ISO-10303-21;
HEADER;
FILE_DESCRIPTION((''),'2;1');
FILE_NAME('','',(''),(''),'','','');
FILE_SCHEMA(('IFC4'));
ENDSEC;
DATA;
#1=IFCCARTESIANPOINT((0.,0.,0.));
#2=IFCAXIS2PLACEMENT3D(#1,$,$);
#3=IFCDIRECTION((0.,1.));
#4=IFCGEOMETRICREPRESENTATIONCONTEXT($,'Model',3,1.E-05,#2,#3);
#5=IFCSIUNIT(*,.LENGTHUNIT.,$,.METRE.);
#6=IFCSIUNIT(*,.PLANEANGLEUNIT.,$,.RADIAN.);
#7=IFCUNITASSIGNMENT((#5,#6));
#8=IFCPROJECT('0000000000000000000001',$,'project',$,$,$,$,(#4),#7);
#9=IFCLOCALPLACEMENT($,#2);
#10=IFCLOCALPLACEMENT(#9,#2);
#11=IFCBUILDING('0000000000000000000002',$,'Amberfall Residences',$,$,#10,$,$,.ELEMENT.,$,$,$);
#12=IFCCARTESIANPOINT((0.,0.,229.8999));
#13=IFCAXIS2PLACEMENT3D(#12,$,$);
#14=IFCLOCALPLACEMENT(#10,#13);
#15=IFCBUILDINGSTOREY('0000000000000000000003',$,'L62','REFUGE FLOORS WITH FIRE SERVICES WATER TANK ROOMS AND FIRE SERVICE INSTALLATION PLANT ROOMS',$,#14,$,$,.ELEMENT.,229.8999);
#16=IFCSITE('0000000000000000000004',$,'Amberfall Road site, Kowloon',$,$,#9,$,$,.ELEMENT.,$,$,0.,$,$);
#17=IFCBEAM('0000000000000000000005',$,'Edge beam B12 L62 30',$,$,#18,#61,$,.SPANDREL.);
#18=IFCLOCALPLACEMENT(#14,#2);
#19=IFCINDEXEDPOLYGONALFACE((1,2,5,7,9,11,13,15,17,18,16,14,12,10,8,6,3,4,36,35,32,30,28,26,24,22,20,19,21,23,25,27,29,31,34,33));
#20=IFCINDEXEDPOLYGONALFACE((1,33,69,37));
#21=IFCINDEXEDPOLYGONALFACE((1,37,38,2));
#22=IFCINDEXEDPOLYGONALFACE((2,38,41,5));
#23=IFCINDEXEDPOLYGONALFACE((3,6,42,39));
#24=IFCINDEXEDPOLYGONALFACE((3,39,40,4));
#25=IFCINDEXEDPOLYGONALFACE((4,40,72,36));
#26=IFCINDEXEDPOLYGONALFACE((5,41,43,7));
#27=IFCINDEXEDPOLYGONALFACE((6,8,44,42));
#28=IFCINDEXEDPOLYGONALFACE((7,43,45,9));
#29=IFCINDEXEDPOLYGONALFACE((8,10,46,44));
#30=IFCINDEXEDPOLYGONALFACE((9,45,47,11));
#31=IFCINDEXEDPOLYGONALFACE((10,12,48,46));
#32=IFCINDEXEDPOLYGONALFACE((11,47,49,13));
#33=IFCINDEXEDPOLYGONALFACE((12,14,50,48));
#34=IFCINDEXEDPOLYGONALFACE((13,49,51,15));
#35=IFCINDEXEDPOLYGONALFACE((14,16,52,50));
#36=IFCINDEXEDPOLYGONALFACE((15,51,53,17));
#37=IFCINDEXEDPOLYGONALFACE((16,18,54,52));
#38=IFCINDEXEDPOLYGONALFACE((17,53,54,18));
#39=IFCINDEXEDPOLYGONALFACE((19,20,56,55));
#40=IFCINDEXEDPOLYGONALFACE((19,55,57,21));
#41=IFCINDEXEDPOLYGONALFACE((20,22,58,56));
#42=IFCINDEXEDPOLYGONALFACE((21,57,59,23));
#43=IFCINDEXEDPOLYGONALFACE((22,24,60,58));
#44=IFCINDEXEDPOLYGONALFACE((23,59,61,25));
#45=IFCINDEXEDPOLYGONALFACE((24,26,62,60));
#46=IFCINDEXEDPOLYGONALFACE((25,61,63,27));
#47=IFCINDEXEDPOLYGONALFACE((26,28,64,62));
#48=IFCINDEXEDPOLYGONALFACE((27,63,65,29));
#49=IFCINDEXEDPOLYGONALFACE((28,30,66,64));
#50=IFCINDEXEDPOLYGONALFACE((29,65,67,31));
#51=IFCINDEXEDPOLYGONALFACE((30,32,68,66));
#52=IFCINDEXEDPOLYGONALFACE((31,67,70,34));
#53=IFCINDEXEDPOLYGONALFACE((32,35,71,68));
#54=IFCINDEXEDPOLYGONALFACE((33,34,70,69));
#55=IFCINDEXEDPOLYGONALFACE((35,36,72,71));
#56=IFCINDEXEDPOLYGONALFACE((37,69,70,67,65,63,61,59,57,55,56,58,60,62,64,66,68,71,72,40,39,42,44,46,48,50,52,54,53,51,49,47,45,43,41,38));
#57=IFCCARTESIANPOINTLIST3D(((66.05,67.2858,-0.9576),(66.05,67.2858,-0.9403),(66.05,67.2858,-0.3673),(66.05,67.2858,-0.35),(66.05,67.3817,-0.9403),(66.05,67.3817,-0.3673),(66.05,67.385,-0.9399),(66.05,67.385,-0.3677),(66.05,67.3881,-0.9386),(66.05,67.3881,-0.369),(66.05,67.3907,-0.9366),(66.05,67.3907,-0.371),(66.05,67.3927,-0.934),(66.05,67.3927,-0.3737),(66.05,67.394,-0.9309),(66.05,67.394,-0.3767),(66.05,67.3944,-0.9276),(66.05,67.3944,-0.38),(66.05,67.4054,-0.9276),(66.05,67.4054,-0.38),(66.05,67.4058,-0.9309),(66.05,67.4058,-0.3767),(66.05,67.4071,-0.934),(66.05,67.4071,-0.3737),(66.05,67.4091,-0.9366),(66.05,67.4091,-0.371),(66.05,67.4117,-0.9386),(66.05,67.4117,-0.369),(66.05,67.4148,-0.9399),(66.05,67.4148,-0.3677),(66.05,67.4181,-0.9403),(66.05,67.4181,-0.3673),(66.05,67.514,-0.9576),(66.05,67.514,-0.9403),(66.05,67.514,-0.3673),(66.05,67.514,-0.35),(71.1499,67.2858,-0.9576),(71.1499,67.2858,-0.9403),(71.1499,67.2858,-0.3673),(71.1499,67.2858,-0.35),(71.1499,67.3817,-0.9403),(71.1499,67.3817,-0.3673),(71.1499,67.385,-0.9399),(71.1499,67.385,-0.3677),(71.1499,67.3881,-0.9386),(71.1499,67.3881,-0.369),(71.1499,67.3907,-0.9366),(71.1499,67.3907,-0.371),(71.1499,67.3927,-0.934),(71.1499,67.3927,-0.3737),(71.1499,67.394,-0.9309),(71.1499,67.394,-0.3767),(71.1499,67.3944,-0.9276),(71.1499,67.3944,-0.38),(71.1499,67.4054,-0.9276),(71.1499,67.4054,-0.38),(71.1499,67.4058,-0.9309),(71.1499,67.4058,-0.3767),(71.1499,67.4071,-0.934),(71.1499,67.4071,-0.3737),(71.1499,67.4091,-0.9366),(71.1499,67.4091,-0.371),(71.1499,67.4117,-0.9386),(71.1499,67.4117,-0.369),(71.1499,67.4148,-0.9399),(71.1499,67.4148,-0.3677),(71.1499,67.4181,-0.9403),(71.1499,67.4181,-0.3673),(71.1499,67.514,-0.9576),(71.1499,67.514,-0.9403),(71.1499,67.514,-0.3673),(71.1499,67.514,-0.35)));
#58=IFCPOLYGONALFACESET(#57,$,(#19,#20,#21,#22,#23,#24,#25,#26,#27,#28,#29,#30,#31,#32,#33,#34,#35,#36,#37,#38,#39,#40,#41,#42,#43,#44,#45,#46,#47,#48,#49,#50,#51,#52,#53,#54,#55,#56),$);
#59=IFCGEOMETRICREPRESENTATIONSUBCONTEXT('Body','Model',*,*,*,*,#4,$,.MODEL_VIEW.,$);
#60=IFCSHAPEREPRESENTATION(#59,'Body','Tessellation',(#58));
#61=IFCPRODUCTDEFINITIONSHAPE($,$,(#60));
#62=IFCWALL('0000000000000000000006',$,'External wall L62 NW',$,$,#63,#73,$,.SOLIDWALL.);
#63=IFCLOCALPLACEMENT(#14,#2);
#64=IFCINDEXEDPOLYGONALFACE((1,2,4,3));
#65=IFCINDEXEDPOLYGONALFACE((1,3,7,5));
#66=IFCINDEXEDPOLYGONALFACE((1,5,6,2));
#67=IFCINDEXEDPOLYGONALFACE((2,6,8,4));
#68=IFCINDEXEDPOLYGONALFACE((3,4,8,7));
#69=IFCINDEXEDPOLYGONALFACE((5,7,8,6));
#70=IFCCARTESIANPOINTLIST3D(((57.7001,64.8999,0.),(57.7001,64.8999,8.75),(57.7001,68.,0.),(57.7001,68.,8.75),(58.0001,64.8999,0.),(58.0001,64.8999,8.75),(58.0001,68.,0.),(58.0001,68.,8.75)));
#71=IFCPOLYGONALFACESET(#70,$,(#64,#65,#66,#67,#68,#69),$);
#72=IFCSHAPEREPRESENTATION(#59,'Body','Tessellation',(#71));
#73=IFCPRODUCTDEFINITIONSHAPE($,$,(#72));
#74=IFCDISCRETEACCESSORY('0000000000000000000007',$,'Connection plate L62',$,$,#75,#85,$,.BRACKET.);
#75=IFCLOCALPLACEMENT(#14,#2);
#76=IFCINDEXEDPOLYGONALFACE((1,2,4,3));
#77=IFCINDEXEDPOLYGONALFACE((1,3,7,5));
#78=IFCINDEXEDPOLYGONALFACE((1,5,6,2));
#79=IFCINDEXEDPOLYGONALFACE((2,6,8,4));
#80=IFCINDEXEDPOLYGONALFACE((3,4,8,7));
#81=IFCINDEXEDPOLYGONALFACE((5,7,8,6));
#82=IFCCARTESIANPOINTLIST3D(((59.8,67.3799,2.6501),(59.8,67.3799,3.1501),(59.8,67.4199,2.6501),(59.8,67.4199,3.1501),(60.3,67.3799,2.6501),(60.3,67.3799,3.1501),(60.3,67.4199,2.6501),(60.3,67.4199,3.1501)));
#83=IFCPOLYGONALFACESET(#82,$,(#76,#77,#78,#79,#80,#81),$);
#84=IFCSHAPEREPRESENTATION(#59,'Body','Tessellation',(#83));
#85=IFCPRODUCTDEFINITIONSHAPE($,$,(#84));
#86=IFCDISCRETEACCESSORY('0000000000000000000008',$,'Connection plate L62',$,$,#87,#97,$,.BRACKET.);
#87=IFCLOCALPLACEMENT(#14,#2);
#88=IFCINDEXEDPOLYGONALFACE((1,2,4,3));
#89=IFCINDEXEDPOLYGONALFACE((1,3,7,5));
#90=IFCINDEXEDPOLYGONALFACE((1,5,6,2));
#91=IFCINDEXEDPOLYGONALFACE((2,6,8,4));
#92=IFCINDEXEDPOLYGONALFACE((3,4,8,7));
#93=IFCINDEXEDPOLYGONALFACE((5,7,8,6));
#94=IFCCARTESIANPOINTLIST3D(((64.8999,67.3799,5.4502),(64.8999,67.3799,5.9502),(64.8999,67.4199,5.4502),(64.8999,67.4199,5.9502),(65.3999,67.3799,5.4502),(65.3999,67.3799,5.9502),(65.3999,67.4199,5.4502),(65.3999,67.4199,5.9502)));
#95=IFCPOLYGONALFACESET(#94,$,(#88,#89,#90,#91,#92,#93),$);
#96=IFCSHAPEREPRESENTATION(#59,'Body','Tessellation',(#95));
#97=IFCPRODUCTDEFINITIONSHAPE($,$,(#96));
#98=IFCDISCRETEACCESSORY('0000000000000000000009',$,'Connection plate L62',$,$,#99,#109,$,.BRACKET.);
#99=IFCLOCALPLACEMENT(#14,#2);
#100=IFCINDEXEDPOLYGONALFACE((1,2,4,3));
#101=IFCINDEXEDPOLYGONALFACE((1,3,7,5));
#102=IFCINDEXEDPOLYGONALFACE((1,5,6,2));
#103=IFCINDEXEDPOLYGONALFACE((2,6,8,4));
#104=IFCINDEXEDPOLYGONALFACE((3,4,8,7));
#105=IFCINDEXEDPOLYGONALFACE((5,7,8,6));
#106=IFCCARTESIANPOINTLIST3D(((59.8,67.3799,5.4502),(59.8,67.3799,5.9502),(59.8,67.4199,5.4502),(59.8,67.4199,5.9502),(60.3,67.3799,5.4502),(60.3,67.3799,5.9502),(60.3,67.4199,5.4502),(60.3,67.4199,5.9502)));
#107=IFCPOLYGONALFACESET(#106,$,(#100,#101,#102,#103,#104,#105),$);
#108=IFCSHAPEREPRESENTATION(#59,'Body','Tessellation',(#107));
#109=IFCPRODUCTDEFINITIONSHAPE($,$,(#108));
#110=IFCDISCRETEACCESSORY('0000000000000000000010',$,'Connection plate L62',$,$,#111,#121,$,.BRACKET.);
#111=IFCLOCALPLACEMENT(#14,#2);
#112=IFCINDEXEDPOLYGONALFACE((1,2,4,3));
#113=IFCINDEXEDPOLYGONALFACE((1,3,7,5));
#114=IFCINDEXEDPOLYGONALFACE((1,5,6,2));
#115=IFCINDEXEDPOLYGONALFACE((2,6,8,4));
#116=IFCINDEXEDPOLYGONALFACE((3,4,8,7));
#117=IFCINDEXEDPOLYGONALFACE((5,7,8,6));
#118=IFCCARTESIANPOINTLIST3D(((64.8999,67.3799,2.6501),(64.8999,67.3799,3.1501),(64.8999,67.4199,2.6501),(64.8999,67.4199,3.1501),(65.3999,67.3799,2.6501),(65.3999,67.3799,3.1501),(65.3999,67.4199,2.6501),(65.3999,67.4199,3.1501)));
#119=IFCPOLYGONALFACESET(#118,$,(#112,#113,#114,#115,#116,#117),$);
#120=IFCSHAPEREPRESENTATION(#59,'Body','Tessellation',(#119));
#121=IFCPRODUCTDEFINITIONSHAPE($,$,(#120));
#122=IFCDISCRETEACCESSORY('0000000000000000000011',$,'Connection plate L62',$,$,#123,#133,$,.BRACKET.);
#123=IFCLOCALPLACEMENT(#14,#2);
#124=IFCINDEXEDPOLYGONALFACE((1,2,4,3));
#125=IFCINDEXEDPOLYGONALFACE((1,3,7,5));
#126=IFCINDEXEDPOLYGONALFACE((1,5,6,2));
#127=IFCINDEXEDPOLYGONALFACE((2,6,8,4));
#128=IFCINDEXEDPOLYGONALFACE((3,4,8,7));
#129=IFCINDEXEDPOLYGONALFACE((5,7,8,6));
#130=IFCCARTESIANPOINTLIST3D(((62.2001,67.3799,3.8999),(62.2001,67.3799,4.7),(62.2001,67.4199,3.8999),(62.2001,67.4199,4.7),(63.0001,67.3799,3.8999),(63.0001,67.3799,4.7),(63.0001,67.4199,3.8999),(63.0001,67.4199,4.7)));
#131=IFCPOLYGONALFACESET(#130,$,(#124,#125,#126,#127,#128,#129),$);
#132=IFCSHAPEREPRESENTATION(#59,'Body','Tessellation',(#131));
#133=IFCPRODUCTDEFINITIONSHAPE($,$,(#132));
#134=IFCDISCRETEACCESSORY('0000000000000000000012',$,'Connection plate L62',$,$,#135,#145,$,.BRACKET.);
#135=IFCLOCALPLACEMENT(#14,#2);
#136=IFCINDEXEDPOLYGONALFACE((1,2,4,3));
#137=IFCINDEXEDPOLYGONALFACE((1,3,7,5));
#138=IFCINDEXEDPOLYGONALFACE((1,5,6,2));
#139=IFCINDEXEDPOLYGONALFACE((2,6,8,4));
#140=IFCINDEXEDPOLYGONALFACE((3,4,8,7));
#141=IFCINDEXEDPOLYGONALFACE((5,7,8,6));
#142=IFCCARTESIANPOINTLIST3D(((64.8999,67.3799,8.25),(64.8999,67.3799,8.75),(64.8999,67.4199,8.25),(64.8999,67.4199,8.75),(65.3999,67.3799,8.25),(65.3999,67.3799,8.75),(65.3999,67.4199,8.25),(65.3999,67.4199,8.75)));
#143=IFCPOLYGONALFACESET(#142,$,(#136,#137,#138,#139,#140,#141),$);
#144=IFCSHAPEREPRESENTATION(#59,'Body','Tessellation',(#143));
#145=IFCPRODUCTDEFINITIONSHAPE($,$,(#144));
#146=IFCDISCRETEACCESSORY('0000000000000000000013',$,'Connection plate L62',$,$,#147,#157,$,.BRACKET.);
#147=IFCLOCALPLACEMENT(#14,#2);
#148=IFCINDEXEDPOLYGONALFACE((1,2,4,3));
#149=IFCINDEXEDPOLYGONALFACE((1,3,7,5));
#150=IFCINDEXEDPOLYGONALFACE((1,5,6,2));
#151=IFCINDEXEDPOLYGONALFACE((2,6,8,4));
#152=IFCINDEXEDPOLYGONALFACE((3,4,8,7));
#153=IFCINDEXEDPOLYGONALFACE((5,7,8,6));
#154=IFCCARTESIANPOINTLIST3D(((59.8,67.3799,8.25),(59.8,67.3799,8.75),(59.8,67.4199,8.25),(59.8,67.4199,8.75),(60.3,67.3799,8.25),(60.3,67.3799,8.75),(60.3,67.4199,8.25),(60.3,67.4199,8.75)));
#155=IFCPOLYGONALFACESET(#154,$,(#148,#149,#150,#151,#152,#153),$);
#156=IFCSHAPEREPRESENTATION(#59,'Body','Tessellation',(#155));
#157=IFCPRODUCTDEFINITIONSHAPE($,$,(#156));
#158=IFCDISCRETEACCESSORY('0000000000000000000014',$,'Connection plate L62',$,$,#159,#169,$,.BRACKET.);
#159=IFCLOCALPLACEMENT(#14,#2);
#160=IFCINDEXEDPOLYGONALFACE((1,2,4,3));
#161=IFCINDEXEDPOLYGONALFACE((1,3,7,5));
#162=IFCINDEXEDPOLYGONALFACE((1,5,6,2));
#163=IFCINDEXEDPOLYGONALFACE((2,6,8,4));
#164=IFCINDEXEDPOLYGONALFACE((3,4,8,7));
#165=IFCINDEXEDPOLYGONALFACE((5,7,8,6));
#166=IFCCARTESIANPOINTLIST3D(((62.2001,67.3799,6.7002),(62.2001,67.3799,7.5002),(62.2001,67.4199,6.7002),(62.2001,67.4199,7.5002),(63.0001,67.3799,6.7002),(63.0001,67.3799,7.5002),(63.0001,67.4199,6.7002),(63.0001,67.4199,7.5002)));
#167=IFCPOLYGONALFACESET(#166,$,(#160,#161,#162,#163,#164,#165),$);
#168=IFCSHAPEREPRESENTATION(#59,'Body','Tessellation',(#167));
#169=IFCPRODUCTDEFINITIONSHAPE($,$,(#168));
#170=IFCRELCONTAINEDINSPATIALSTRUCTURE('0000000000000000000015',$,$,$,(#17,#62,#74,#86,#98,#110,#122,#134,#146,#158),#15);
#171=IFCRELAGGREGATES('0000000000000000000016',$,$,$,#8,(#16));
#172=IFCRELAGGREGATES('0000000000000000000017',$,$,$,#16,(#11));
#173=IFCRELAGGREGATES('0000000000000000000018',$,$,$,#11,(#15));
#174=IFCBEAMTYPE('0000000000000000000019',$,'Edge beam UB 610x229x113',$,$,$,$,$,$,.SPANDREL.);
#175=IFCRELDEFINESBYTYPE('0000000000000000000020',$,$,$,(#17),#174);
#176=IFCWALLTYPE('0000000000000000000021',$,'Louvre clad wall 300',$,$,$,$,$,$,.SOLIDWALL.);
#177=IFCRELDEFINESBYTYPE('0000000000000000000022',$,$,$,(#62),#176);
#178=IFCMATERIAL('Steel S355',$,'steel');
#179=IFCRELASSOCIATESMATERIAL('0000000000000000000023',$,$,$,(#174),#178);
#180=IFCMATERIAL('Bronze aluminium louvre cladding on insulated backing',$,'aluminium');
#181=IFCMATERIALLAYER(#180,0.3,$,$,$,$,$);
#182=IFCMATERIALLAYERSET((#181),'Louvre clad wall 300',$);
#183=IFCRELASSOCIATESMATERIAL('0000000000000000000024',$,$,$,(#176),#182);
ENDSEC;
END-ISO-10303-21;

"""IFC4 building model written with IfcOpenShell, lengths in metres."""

from ifc_helpers import new_model, si_unit, direction, frame, frame_2d, origin, origin_2d, place, context, subcontext, project, spatial, rectangle, i_section, extrude, material, layer, layer_set, material_profile, profile_set, type_object, element, save


model = new_model("IFC4")

# Units and contexts
model_context = context("Model", 3, precision=1e-05, world=origin(), true_north=direction((0.0, 1.0)))
body_context = subcontext(model_context, "Body", "Model", "MODEL_VIEW")
ifc_project = project(units=[si_unit("LENGTHUNIT", "METRE"), si_unit("PLANEANGLEUNIT", "RADIAN")], contexts=[model_context])

# Site, building, storey
site_placement = place(None, origin())
site = spatial("IfcSite", under=ifc_project, at=site_placement, Name="Amberfall Road site, Kowloon", CompositionType="ELEMENT", RefElevation=0.0)
building_placement = place(site_placement, origin())
building = spatial("IfcBuilding", under=site, at=building_placement, Name="Amberfall Residences", CompositionType="ELEMENT")
storey_placement = place(building_placement, frame((0.0, 0.0, 229.8999)))
storey = spatial("IfcBuildingStorey", under=building, at=storey_placement, Name="L62", Description="REFUGE FLOORS WITH FIRE SERVICES WATER TANK ROOMS AND FIRE SERVICE INSTALLATION PLANT ROOMS", CompositionType="ELEMENT", Elevation=229.8999)

# Shared definitions
ifc_material_1 = material(Name="Steel S355", Category="steel")

# Beam
ifc_material_profile_1 = material_profile(ifc_material_1, i_section(OverallWidth=0.2283, OverallDepth=0.6077, WebThickness=0.011, FlangeThickness=0.0173, FilletRadius=0.0127, at=origin_2d()), Name="UB 610x229x113")
ifc_profile_set_1 = profile_set([ifc_material_profile_1], Name="Steel S355")
beam_type_1 = type_object("IfcBeamType", Name="Edge beam UB 610x229x113", PredefinedType="SPANDREL", material=ifc_profile_set_1)
for number, where, z_axis, x_axis, name in (
    (1, (66.05, 67.3999, -0.6538), (1.0, 0.0, 0.0), (0.0, 1.0, 0.0), "Edge beam B12 L62 30"),
):
    element("IfcBeam", number, at=place(storey_placement, frame(where, z_axis=z_axis, x_axis=x_axis)), inside=storey, type_object=beam_type_1, Name=name, PredefinedType="SPANDREL", context=body_context, shape_type="SweptSolid", body=[
        extrude(i_section(OverallWidth=0.2283, OverallDepth=0.6077, WebThickness=0.011, FlangeThickness=0.0173, FilletRadius=0.0127, at=origin_2d()), origin(), (0.0, 0.0, 1.0), 5.0999),
    ])

# Wall
ifc_material_2 = material(Name="Bronze aluminium louvre cladding on insulated backing", Category="aluminium")
ifc_layer = layer(ifc_material_2, 0.3)
ifc_layer_set = layer_set([ifc_layer], Name="Louvre clad wall 300")
wall_type = type_object("IfcWallType", Name="Louvre clad wall 300", PredefinedType="SOLIDWALL", material=ifc_layer_set)
wall_placement = place(storey_placement, frame((57.8501, 68.0, 0.0), z_axis=(0.0, 0.0, 1.0), x_axis=(0.0, -1.0, 0.0)))
element("IfcWall", 2, at=wall_placement, inside=storey, type_object=wall_type, Name="External wall L62 NW", PredefinedType="SOLIDWALL", context=body_context, shape_type="SweptSolid", body=[
    extrude(rectangle(XDim=3.1001, YDim=0.3, at=frame_2d((1.55, 0.0))), origin(), (0.0, 0.0, 1.0), 8.75),
])

# Discrete accessories
for number, where, z_axis, x_axis, name in (
    (3, (60.05, 67.3999, 2.6501), (0.0, 0.0, 1.0), (1.0, 0.0, 0.0), "Connection plate L62"),
    (4, (65.1499, 67.3999, 5.4502), (0.0, 0.0, 1.0), (1.0, 0.0, 0.0), "Connection plate L62"),
    (5, (60.05, 67.3999, 5.4502), (0.0, 0.0, 1.0), (1.0, 0.0, 0.0), "Connection plate L62"),
    (6, (65.1499, 67.3999, 2.6501), (0.0, 0.0, 1.0), (1.0, 0.0, 0.0), "Connection plate L62"),
):
    element("IfcDiscreteAccessory", number, at=place(storey_placement, frame(where, z_axis=z_axis, x_axis=x_axis)), inside=storey, Name=name, PredefinedType="BRACKET", context=body_context, shape_type="SweptSolid", body=[
        extrude(rectangle(XDim=0.5, YDim=0.04, at=origin_2d()), origin(), (0.0, 0.0, 1.0), 0.5),
    ])
discrete_accessory_1_placement = place(storey_placement, frame((62.6001, 67.3999, 3.8999), z_axis=(0.0, 0.0, 1.0), x_axis=(1.0, 0.0, 0.0)))
element("IfcDiscreteAccessory", 7, at=discrete_accessory_1_placement, inside=storey, Name="Connection plate L62", PredefinedType="BRACKET", context=body_context, shape_type="SweptSolid", body=[
    extrude(rectangle(XDim=0.8, YDim=0.04, at=origin_2d()), origin(), (0.0, 0.0, 1.0), 0.8),
])
for number, where, z_axis, x_axis, name in (
    (8, (65.1499, 67.3999, 8.25), (0.0, 0.0, 1.0), (1.0, 0.0, 0.0), "Connection plate L62"),
    (9, (60.05, 67.3999, 8.25), (0.0, 0.0, 1.0), (1.0, 0.0, 0.0), "Connection plate L62"),
):
    element("IfcDiscreteAccessory", number, at=place(storey_placement, frame(where, z_axis=z_axis, x_axis=x_axis)), inside=storey, Name=name, PredefinedType="BRACKET", context=body_context, shape_type="SweptSolid", body=[
        extrude(rectangle(XDim=0.5, YDim=0.04, at=origin_2d()), origin(), (0.0, 0.0, 1.0), 0.5),
    ])
discrete_accessory_2_placement = place(storey_placement, frame((62.6001, 67.3999, 6.7002), z_axis=(0.0, 0.0, 1.0), x_axis=(1.0, 0.0, 0.0)))
element("IfcDiscreteAccessory", 10, at=discrete_accessory_2_placement, inside=storey, Name="Connection plate L62", PredefinedType="BRACKET", context=body_context, shape_type="SweptSolid", body=[
    extrude(rectangle(XDim=0.8, YDim=0.04, at=origin_2d()), origin(), (0.0, 0.0, 1.0), 0.8),
])

save(model, "model.ifc")
